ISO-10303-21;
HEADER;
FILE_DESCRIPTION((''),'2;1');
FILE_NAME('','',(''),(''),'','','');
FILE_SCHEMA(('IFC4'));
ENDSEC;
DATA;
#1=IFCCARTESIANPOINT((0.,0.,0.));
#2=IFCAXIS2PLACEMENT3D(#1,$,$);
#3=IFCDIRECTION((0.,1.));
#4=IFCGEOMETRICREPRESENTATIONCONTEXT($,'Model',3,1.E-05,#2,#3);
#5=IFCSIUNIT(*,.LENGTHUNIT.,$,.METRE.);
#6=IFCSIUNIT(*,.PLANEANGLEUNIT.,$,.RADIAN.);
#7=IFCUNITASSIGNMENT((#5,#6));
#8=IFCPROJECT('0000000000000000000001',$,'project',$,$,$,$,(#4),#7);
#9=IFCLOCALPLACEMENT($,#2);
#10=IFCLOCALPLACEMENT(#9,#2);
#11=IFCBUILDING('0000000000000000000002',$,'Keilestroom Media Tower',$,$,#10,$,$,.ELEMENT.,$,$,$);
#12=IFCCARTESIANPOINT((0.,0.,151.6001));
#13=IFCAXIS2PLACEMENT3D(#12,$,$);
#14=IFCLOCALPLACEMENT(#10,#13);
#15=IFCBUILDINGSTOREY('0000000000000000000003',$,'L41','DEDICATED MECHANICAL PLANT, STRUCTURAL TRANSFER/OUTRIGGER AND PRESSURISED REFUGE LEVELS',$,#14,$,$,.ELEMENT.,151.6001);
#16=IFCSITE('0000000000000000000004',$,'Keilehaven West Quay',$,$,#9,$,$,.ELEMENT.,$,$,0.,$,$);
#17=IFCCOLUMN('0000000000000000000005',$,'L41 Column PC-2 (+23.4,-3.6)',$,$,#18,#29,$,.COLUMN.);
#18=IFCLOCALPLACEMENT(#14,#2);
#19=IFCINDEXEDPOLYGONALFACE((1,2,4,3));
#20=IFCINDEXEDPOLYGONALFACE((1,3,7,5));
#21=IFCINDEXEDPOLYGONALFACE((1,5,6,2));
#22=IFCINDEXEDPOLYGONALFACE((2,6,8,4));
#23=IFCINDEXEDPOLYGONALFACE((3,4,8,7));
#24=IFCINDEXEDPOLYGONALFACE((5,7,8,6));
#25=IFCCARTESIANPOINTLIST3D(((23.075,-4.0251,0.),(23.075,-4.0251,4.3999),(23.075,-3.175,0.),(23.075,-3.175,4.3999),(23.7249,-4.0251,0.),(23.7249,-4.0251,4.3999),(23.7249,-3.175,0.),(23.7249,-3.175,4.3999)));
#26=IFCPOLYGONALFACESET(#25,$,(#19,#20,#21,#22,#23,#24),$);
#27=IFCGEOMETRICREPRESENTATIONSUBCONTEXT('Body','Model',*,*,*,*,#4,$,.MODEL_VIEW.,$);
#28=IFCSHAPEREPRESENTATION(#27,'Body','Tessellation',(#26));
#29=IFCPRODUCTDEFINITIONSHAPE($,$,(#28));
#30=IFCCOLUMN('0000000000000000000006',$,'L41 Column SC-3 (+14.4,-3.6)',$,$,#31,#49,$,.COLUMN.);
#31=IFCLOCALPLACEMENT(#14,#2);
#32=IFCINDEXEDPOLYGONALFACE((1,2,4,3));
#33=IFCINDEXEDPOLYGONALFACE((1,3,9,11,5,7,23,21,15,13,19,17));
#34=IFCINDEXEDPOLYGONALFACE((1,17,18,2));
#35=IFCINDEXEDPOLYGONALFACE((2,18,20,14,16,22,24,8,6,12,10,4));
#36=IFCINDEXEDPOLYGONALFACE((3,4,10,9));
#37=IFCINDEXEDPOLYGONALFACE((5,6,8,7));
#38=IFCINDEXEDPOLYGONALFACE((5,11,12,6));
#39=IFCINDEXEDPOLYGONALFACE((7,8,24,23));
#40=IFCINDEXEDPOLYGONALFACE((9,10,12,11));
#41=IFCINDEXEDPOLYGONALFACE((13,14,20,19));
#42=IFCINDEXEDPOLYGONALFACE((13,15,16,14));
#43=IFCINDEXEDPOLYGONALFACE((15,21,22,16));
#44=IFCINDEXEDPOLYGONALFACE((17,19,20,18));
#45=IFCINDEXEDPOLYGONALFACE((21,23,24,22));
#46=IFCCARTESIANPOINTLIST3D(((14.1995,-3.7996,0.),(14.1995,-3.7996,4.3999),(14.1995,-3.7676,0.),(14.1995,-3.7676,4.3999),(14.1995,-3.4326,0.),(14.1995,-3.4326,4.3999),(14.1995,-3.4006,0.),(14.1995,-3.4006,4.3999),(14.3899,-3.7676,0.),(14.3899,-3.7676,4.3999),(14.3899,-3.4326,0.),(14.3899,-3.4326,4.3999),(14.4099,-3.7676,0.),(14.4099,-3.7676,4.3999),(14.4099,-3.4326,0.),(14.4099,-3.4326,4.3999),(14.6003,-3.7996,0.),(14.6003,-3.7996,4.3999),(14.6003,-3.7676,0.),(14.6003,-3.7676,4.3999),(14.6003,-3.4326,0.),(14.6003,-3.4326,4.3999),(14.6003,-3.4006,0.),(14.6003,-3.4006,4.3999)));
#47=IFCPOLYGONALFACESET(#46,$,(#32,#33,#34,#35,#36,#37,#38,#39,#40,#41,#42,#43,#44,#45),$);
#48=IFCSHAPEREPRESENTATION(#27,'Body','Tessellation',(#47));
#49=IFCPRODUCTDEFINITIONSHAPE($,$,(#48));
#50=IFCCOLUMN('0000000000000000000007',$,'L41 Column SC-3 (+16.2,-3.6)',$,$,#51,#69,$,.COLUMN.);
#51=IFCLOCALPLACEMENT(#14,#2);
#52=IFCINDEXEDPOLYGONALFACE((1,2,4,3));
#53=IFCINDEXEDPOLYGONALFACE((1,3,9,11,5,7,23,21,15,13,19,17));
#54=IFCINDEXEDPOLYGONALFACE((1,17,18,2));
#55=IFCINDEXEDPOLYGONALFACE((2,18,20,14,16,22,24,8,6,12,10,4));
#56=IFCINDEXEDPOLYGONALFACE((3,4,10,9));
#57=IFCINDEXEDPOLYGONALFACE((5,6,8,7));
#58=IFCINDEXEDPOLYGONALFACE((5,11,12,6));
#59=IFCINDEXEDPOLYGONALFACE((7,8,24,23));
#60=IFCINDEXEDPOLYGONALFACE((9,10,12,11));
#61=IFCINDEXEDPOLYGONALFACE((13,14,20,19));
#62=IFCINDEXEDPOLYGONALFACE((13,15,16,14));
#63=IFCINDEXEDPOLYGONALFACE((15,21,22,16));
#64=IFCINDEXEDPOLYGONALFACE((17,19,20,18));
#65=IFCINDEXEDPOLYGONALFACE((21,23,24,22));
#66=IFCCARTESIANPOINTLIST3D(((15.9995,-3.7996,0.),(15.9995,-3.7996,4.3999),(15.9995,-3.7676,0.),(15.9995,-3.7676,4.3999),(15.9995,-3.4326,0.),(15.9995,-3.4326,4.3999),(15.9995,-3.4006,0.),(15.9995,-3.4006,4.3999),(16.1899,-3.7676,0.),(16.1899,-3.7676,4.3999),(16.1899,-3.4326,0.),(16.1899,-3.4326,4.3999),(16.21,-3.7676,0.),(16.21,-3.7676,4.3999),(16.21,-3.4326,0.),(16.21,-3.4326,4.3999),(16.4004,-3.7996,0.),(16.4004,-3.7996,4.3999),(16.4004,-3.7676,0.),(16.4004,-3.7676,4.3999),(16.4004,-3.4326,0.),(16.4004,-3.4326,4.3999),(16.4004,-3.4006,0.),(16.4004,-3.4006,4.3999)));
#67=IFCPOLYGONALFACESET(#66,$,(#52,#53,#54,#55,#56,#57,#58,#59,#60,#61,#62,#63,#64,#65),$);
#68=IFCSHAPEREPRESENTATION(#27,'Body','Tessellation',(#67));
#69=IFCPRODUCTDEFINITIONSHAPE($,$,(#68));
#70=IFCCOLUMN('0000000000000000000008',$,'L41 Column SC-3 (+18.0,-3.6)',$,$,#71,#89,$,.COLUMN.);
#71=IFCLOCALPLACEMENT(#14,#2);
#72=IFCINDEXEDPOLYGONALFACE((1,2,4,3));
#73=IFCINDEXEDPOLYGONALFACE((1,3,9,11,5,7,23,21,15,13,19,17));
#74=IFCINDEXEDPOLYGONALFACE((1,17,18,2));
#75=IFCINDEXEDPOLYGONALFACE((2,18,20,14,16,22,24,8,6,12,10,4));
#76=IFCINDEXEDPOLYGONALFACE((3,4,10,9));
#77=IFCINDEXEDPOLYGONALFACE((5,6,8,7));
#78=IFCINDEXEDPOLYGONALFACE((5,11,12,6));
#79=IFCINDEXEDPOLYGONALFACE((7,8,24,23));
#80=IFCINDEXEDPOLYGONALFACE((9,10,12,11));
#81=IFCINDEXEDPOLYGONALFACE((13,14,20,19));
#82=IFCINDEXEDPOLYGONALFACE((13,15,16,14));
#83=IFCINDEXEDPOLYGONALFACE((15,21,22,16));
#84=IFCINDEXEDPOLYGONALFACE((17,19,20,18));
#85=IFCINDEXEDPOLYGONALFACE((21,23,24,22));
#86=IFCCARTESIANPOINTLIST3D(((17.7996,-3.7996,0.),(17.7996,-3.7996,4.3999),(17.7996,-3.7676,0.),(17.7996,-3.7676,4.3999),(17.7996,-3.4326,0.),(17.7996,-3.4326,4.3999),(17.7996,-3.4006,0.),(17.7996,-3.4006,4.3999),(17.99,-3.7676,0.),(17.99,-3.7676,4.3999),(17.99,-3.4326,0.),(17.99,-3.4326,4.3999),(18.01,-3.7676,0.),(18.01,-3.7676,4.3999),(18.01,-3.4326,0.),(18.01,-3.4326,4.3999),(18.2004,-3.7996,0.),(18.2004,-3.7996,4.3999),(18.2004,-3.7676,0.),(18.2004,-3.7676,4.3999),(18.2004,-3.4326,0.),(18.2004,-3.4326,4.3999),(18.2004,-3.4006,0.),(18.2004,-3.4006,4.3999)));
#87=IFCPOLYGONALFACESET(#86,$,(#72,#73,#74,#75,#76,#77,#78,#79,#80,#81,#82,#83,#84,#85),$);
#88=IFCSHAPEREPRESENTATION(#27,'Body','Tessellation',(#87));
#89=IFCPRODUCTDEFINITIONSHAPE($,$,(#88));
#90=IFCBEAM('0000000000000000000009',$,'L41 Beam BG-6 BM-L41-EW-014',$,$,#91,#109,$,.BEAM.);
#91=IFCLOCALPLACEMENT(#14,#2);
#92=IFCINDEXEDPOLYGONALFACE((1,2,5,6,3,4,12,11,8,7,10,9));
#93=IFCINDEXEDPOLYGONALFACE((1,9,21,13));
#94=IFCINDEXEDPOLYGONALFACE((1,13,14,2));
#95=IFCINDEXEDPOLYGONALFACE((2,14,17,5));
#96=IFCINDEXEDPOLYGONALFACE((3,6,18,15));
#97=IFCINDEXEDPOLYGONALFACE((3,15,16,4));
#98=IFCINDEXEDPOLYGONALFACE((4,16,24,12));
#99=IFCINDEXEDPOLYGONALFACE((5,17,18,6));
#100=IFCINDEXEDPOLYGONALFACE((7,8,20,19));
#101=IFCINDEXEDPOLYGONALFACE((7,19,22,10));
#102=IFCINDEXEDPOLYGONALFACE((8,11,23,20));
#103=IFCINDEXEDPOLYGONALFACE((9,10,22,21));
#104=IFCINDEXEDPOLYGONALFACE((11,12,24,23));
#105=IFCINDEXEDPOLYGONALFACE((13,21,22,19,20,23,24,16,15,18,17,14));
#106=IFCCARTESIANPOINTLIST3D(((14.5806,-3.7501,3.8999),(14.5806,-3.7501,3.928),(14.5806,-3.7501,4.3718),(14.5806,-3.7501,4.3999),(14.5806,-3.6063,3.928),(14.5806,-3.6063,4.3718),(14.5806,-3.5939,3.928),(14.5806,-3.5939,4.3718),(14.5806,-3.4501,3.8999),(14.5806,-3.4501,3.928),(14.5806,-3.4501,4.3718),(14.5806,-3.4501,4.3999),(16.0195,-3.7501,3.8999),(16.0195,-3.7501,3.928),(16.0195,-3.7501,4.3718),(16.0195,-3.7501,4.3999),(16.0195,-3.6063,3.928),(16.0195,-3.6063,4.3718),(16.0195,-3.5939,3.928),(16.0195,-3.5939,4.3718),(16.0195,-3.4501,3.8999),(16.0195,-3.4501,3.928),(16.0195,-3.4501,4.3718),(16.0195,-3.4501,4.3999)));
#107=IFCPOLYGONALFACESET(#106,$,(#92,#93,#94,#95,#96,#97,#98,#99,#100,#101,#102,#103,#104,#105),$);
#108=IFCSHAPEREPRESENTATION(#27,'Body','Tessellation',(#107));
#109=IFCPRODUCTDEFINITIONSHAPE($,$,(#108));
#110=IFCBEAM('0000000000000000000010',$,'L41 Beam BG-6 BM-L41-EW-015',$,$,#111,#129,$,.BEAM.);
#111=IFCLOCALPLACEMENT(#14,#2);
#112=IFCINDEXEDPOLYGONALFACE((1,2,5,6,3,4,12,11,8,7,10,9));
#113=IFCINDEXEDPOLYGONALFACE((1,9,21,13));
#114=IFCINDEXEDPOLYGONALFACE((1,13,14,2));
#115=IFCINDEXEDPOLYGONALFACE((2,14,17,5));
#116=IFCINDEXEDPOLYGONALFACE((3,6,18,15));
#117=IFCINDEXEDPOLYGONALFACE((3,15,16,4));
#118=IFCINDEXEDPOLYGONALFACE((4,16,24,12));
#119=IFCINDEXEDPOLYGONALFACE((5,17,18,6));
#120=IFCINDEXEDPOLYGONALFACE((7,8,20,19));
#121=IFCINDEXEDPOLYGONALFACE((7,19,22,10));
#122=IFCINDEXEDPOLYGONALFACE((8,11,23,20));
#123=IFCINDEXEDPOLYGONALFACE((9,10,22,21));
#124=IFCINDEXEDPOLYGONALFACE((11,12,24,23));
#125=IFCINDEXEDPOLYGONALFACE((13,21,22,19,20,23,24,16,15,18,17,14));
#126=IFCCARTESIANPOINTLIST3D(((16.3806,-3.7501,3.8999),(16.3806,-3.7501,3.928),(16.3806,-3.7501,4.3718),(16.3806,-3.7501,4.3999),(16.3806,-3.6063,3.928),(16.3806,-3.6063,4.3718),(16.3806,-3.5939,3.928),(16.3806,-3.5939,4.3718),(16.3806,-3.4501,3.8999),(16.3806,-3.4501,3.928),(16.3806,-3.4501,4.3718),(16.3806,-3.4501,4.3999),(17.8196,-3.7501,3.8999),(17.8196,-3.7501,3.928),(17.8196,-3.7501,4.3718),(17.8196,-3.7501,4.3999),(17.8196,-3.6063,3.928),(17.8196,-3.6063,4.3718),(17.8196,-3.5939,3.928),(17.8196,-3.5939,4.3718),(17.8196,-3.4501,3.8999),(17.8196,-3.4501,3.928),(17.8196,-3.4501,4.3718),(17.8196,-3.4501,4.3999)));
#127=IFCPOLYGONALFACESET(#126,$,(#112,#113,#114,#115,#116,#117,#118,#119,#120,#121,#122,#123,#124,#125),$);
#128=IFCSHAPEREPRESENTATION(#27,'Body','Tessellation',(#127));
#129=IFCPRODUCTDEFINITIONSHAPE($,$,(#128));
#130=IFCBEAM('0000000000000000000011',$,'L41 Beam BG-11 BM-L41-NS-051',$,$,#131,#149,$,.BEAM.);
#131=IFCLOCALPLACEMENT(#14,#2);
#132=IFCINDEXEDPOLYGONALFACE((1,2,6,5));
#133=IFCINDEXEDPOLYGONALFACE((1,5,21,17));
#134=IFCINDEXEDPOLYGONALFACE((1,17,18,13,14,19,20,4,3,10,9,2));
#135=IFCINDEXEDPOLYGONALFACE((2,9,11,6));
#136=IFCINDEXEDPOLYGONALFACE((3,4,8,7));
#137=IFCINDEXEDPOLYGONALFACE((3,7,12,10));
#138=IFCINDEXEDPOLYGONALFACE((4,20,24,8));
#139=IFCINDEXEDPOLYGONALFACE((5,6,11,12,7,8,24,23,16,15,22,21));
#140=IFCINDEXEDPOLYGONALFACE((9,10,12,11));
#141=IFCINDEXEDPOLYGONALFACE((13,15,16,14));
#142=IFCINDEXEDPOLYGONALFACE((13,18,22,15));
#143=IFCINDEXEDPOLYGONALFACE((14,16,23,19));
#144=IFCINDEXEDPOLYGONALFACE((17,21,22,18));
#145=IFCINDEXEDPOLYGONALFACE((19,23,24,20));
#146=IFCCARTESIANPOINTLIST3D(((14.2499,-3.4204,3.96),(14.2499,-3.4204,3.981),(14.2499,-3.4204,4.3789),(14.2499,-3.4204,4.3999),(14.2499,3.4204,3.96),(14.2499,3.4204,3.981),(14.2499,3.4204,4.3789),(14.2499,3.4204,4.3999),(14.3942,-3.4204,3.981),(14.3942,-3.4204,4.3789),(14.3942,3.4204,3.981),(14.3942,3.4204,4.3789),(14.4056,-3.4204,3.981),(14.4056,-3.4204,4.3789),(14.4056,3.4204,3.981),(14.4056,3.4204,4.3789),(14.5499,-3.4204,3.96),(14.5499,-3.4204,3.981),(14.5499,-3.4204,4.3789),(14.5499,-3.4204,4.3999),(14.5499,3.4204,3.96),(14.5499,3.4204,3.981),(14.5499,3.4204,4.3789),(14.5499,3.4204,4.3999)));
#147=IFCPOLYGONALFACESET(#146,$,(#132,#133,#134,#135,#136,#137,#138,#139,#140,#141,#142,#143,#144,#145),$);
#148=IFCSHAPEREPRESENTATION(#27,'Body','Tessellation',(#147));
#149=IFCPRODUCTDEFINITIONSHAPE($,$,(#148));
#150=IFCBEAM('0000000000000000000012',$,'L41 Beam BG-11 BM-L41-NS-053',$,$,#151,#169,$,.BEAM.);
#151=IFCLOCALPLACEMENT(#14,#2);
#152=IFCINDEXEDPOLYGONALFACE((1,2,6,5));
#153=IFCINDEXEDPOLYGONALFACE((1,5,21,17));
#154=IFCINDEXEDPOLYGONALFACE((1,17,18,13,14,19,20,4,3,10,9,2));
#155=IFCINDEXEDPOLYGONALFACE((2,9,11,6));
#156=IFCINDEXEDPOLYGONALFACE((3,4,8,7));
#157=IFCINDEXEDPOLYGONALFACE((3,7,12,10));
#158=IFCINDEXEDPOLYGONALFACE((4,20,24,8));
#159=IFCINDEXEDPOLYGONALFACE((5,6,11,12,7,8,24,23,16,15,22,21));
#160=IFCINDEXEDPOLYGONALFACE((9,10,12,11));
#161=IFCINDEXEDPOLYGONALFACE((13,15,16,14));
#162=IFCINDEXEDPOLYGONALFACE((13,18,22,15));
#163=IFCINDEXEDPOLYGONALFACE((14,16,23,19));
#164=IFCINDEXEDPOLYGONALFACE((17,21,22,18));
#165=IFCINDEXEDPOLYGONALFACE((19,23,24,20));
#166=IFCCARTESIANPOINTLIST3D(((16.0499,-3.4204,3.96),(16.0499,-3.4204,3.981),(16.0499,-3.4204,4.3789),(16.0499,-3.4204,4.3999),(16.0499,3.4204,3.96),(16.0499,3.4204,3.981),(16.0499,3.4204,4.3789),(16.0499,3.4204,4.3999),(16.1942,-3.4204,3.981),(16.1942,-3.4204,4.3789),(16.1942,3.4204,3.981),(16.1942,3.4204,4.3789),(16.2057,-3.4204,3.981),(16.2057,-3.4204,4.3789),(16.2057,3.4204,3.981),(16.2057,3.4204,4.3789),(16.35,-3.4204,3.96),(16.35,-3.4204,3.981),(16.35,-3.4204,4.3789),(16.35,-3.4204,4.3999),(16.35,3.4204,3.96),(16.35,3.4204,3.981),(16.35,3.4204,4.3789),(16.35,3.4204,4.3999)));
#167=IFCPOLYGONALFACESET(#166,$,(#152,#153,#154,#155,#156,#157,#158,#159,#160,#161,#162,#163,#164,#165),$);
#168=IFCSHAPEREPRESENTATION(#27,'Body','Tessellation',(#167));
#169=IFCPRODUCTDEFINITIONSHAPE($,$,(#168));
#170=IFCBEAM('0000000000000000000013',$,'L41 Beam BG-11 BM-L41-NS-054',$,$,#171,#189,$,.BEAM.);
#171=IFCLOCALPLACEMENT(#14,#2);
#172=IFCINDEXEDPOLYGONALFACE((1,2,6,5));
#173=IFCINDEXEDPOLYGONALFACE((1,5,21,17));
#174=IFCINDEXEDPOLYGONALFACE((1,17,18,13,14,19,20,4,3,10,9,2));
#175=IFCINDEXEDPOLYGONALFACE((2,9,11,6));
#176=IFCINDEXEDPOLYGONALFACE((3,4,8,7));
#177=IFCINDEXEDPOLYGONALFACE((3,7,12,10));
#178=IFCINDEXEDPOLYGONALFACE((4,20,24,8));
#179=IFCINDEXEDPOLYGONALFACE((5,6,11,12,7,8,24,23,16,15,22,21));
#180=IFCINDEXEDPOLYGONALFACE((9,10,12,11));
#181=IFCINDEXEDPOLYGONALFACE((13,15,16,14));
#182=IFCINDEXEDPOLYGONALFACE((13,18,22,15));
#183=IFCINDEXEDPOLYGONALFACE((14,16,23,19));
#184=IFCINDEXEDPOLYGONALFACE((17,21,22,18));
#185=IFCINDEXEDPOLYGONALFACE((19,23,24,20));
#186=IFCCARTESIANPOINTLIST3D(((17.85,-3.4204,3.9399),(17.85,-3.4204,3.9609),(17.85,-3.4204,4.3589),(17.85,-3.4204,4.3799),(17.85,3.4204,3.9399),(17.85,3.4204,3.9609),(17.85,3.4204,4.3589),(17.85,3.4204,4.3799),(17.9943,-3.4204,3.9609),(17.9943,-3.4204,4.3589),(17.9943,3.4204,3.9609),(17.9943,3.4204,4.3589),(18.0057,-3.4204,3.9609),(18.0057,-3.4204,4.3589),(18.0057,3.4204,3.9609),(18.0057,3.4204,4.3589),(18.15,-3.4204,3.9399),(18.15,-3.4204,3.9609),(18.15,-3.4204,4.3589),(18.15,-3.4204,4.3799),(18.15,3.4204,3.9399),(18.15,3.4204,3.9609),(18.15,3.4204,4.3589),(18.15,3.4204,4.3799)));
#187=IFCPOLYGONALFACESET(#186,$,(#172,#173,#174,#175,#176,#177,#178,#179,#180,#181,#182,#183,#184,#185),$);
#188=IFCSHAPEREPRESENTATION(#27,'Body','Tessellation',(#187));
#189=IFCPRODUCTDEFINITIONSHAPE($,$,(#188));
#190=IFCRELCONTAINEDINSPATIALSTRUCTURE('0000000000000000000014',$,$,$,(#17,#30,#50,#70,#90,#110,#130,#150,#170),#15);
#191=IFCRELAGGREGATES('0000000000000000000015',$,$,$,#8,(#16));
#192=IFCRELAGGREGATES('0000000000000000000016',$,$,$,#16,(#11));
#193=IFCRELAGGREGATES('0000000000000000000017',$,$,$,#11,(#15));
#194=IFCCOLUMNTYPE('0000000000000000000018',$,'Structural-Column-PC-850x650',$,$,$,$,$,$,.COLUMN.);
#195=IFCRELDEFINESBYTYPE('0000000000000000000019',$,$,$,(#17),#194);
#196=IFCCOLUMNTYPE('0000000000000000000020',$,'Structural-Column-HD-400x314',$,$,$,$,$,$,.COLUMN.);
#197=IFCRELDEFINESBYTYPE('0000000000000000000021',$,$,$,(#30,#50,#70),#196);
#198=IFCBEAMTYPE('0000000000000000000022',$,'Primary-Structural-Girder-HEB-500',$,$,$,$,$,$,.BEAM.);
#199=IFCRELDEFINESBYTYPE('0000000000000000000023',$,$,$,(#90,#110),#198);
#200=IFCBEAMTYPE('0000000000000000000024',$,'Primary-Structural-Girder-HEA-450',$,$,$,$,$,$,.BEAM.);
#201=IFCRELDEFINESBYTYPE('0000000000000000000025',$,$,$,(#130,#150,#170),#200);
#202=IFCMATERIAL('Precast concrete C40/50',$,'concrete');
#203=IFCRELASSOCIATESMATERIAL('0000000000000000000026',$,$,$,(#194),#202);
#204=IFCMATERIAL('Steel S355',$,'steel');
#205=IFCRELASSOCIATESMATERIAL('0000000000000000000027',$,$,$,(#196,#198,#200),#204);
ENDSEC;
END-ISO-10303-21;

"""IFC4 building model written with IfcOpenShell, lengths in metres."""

from ifc_helpers import new_model, si_unit, direction, frame, origin, origin_2d, place, context, subcontext, project, spatial, rectangle, i_section, extrude, source, transform, mapped, material, material_profile, profile_set, type_object, element, save


model = new_model("IFC4")

# Units and contexts
model_context = context("Model", 3, precision=1e-05, world=origin(), true_north=direction((0.0, 1.0)))
body_context = subcontext(model_context, "Body", "Model", "MODEL_VIEW")
ifc_project = project(units=[si_unit("LENGTHUNIT", "METRE"), si_unit("PLANEANGLEUNIT", "RADIAN")], contexts=[model_context])

# Site, building, storey
site_placement = place(None, origin())
site = spatial("IfcSite", under=ifc_project, at=site_placement, Name="Keilehaven West Quay", CompositionType="ELEMENT", RefElevation=0.0)
building_placement = place(site_placement, origin())
building = spatial("IfcBuilding", under=site, at=building_placement, Name="Keilestroom Media Tower", CompositionType="ELEMENT")
storey_placement = place(building_placement, frame((0.0, 0.0, 151.6001)))
storey = spatial("IfcBuildingStorey", under=building, at=storey_placement, Name="L41", Description="DEDICATED MECHANICAL PLANT, STRUCTURAL TRANSFER/OUTRIGGER AND PRESSURISED REFUGE LEVELS", CompositionType="ELEMENT", Elevation=151.6001)

# Columns
ifc_material_1 = material(Name="Precast concrete C40/50", Category="concrete")
ifc_material_profile_1 = material_profile(ifc_material_1, rectangle(XDim=0.6499, YDim=0.8501, at=origin_2d()), Name="PC 850x650")
ifc_profile_set_1 = profile_set([ifc_material_profile_1], Name="Precast concrete C40/50")
column_type_1 = type_object("IfcColumnType", Name="Structural-Column-PC-850x650", PredefinedType="COLUMN", material=ifc_profile_set_1)
shared_shape_1 = source(origin(), body_context, "Body", "SweptSolid", [
    extrude(rectangle(XDim=0.6499, YDim=0.8501, at=origin_2d()), origin(), (0.0, 0.0, 1.0), 4.3999),
])
column_placement = place(storey_placement, frame((23.3999, -3.6001, 0.0), z_axis=(0.0, 0.0, 1.0), x_axis=(1.0, 0.0, 0.0)))
element("IfcColumn", 1, at=column_placement, inside=storey, type_object=column_type_1, Name="L41 Column PC-2 (+23.4,-3.6)", PredefinedType="COLUMN", context=body_context, shape_type="MappedRepresentation", body=[
    mapped(shared_shape_1, transform((0.0, 0.0, 0.0), x_axis=(1.0, 0.0, 0.0), y_axis=(0.0, 1.0, 0.0), z_axis=(0.0, 0.0, 1.0), scale=1.0)),
])
ifc_material_2 = material(Name="Steel S355", Category="steel")
ifc_material_profile_2 = material_profile(ifc_material_2, i_section(OverallWidth=0.4009, OverallDepth=0.3989, WebThickness=0.02, FlangeThickness=0.032, at=origin_2d()), Name="HD 400x314")
ifc_profile_set_2 = profile_set([ifc_material_profile_2], Name="Steel S355")
column_type_2 = type_object("IfcColumnType", Name="Structural-Column-HD-400x314", PredefinedType="COLUMN", material=ifc_profile_set_2)
shared_shape_2 = source(origin(), body_context, "Body", "SweptSolid", [
    extrude(i_section(OverallWidth=0.4009, OverallDepth=0.3989, WebThickness=0.02, FlangeThickness=0.032, at=origin_2d()), origin(), (0.0, 0.0, 1.0), 4.3999),
])
for number, where, z_axis, x_axis, name in (
    (2, (14.3999, -3.6001, 0.0), (0.0, 0.0, 1.0), (1.0, 0.0, 0.0), "L41 Column SC-3 (+14.4,-3.6)"),
    (3, (16.2, -3.6001, 0.0), (0.0, 0.0, 1.0), (1.0, 0.0, 0.0), "L41 Column SC-3 (+16.2,-3.6)"),
    (4, (18.0, -3.6001, 0.0), (0.0, 0.0, 1.0), (1.0, 0.0, 0.0), "L41 Column SC-3 (+18.0,-3.6)"),
):
    element("IfcColumn", number, at=place(storey_placement, frame(where, z_axis=z_axis, x_axis=x_axis)), inside=storey, type_object=column_type_2, Name=name, PredefinedType="COLUMN", context=body_context, shape_type="MappedRepresentation", body=[
        mapped(shared_shape_2, transform((0.0, 0.0, 0.0), x_axis=(1.0, 0.0, 0.0), y_axis=(0.0, 1.0, 0.0), z_axis=(0.0, 0.0, 1.0), scale=1.0)),
    ])

# Beams
ifc_material_profile_3 = material_profile(ifc_material_2, i_section(OverallWidth=0.3, OverallDepth=0.5, WebThickness=0.0125, FlangeThickness=0.0281, at=origin_2d()), Name="HEB 500")
ifc_profile_set_3 = profile_set([ifc_material_profile_3], Name="Steel S355")
beam_type_1 = type_object("IfcBeamType", Name="Primary-Structural-Girder-HEB-500", PredefinedType="BEAM", material=ifc_profile_set_3)
shared_shape_3 = source(origin(), body_context, "Body", "SweptSolid", [
    extrude(i_section(OverallWidth=0.3, OverallDepth=0.5, WebThickness=0.0125, FlangeThickness=0.0281, at=origin_2d()), origin(), (0.0, 0.0, 1.0), 1.439),
])
for number, where, z_axis, x_axis, name in (
    (5, (14.5806, -3.6001, 4.1499), (1.0, 0.0, 0.0), (0.0, 1.0, 0.0), "L41 Beam BG-6 BM-L41-EW-014"),
    (6, (16.3806, -3.6001, 4.1499), (1.0, 0.0, 0.0), (0.0, 1.0, 0.0), "L41 Beam BG-6 BM-L41-EW-015"),
):
    element("IfcBeam", number, at=place(storey_placement, frame(where, z_axis=z_axis, x_axis=x_axis)), inside=storey, type_object=beam_type_1, Name=name, PredefinedType="BEAM", context=body_context, shape_type="MappedRepresentation", body=[
        mapped(shared_shape_3, transform((0.0, 0.0, 0.0), x_axis=(1.0, 0.0, 0.0), y_axis=(0.0, 1.0, 0.0), z_axis=(0.0, 0.0, 1.0), scale=1.0)),
    ])
ifc_material_profile_4 = material_profile(ifc_material_2, i_section(OverallWidth=0.3, OverallDepth=0.4399, WebThickness=0.0115, FlangeThickness=0.021, at=origin_2d()), Name="HEA 450")
ifc_profile_set_4 = profile_set([ifc_material_profile_4], Name="Steel S355")
beam_type_2 = type_object("IfcBeamType", Name="Primary-Structural-Girder-HEA-450", PredefinedType="BEAM", material=ifc_profile_set_4)
shared_shape_4 = source(origin(), body_context, "Body", "SweptSolid", [
    extrude(i_section(OverallWidth=0.3, OverallDepth=0.4399, WebThickness=0.0115, FlangeThickness=0.021, at=origin_2d()), origin(), (0.0, 0.0, 1.0), 6.8408),
])
for number, where, z_axis, x_axis, name in (
    (7, (14.3999, -3.4204, 4.1799), (0.0, 1.0, 0.0), (-1.0, 0.0, 0.0), "L41 Beam BG-11 BM-L41-NS-051"),
    (8, (16.2, -3.4204, 4.1799), (0.0, 1.0, 0.0), (-1.0, 0.0, 0.0), "L41 Beam BG-11 BM-L41-NS-053"),
    (9, (18.0, -3.4204, 4.1599), (0.0, 1.0, 0.0), (-1.0, 0.0, 0.0), "L41 Beam BG-11 BM-L41-NS-054"),
):
    element("IfcBeam", number, at=place(storey_placement, frame(where, z_axis=z_axis, x_axis=x_axis)), inside=storey, type_object=beam_type_2, Name=name, PredefinedType="BEAM", context=body_context, shape_type="MappedRepresentation", body=[
        mapped(shared_shape_4, transform((0.0, 0.0, 0.0), x_axis=(1.0, 0.0, 0.0), y_axis=(0.0, 1.0, 0.0), z_axis=(0.0, 0.0, 1.0), scale=1.0)),
    ])

save(model, "model.ifc")
